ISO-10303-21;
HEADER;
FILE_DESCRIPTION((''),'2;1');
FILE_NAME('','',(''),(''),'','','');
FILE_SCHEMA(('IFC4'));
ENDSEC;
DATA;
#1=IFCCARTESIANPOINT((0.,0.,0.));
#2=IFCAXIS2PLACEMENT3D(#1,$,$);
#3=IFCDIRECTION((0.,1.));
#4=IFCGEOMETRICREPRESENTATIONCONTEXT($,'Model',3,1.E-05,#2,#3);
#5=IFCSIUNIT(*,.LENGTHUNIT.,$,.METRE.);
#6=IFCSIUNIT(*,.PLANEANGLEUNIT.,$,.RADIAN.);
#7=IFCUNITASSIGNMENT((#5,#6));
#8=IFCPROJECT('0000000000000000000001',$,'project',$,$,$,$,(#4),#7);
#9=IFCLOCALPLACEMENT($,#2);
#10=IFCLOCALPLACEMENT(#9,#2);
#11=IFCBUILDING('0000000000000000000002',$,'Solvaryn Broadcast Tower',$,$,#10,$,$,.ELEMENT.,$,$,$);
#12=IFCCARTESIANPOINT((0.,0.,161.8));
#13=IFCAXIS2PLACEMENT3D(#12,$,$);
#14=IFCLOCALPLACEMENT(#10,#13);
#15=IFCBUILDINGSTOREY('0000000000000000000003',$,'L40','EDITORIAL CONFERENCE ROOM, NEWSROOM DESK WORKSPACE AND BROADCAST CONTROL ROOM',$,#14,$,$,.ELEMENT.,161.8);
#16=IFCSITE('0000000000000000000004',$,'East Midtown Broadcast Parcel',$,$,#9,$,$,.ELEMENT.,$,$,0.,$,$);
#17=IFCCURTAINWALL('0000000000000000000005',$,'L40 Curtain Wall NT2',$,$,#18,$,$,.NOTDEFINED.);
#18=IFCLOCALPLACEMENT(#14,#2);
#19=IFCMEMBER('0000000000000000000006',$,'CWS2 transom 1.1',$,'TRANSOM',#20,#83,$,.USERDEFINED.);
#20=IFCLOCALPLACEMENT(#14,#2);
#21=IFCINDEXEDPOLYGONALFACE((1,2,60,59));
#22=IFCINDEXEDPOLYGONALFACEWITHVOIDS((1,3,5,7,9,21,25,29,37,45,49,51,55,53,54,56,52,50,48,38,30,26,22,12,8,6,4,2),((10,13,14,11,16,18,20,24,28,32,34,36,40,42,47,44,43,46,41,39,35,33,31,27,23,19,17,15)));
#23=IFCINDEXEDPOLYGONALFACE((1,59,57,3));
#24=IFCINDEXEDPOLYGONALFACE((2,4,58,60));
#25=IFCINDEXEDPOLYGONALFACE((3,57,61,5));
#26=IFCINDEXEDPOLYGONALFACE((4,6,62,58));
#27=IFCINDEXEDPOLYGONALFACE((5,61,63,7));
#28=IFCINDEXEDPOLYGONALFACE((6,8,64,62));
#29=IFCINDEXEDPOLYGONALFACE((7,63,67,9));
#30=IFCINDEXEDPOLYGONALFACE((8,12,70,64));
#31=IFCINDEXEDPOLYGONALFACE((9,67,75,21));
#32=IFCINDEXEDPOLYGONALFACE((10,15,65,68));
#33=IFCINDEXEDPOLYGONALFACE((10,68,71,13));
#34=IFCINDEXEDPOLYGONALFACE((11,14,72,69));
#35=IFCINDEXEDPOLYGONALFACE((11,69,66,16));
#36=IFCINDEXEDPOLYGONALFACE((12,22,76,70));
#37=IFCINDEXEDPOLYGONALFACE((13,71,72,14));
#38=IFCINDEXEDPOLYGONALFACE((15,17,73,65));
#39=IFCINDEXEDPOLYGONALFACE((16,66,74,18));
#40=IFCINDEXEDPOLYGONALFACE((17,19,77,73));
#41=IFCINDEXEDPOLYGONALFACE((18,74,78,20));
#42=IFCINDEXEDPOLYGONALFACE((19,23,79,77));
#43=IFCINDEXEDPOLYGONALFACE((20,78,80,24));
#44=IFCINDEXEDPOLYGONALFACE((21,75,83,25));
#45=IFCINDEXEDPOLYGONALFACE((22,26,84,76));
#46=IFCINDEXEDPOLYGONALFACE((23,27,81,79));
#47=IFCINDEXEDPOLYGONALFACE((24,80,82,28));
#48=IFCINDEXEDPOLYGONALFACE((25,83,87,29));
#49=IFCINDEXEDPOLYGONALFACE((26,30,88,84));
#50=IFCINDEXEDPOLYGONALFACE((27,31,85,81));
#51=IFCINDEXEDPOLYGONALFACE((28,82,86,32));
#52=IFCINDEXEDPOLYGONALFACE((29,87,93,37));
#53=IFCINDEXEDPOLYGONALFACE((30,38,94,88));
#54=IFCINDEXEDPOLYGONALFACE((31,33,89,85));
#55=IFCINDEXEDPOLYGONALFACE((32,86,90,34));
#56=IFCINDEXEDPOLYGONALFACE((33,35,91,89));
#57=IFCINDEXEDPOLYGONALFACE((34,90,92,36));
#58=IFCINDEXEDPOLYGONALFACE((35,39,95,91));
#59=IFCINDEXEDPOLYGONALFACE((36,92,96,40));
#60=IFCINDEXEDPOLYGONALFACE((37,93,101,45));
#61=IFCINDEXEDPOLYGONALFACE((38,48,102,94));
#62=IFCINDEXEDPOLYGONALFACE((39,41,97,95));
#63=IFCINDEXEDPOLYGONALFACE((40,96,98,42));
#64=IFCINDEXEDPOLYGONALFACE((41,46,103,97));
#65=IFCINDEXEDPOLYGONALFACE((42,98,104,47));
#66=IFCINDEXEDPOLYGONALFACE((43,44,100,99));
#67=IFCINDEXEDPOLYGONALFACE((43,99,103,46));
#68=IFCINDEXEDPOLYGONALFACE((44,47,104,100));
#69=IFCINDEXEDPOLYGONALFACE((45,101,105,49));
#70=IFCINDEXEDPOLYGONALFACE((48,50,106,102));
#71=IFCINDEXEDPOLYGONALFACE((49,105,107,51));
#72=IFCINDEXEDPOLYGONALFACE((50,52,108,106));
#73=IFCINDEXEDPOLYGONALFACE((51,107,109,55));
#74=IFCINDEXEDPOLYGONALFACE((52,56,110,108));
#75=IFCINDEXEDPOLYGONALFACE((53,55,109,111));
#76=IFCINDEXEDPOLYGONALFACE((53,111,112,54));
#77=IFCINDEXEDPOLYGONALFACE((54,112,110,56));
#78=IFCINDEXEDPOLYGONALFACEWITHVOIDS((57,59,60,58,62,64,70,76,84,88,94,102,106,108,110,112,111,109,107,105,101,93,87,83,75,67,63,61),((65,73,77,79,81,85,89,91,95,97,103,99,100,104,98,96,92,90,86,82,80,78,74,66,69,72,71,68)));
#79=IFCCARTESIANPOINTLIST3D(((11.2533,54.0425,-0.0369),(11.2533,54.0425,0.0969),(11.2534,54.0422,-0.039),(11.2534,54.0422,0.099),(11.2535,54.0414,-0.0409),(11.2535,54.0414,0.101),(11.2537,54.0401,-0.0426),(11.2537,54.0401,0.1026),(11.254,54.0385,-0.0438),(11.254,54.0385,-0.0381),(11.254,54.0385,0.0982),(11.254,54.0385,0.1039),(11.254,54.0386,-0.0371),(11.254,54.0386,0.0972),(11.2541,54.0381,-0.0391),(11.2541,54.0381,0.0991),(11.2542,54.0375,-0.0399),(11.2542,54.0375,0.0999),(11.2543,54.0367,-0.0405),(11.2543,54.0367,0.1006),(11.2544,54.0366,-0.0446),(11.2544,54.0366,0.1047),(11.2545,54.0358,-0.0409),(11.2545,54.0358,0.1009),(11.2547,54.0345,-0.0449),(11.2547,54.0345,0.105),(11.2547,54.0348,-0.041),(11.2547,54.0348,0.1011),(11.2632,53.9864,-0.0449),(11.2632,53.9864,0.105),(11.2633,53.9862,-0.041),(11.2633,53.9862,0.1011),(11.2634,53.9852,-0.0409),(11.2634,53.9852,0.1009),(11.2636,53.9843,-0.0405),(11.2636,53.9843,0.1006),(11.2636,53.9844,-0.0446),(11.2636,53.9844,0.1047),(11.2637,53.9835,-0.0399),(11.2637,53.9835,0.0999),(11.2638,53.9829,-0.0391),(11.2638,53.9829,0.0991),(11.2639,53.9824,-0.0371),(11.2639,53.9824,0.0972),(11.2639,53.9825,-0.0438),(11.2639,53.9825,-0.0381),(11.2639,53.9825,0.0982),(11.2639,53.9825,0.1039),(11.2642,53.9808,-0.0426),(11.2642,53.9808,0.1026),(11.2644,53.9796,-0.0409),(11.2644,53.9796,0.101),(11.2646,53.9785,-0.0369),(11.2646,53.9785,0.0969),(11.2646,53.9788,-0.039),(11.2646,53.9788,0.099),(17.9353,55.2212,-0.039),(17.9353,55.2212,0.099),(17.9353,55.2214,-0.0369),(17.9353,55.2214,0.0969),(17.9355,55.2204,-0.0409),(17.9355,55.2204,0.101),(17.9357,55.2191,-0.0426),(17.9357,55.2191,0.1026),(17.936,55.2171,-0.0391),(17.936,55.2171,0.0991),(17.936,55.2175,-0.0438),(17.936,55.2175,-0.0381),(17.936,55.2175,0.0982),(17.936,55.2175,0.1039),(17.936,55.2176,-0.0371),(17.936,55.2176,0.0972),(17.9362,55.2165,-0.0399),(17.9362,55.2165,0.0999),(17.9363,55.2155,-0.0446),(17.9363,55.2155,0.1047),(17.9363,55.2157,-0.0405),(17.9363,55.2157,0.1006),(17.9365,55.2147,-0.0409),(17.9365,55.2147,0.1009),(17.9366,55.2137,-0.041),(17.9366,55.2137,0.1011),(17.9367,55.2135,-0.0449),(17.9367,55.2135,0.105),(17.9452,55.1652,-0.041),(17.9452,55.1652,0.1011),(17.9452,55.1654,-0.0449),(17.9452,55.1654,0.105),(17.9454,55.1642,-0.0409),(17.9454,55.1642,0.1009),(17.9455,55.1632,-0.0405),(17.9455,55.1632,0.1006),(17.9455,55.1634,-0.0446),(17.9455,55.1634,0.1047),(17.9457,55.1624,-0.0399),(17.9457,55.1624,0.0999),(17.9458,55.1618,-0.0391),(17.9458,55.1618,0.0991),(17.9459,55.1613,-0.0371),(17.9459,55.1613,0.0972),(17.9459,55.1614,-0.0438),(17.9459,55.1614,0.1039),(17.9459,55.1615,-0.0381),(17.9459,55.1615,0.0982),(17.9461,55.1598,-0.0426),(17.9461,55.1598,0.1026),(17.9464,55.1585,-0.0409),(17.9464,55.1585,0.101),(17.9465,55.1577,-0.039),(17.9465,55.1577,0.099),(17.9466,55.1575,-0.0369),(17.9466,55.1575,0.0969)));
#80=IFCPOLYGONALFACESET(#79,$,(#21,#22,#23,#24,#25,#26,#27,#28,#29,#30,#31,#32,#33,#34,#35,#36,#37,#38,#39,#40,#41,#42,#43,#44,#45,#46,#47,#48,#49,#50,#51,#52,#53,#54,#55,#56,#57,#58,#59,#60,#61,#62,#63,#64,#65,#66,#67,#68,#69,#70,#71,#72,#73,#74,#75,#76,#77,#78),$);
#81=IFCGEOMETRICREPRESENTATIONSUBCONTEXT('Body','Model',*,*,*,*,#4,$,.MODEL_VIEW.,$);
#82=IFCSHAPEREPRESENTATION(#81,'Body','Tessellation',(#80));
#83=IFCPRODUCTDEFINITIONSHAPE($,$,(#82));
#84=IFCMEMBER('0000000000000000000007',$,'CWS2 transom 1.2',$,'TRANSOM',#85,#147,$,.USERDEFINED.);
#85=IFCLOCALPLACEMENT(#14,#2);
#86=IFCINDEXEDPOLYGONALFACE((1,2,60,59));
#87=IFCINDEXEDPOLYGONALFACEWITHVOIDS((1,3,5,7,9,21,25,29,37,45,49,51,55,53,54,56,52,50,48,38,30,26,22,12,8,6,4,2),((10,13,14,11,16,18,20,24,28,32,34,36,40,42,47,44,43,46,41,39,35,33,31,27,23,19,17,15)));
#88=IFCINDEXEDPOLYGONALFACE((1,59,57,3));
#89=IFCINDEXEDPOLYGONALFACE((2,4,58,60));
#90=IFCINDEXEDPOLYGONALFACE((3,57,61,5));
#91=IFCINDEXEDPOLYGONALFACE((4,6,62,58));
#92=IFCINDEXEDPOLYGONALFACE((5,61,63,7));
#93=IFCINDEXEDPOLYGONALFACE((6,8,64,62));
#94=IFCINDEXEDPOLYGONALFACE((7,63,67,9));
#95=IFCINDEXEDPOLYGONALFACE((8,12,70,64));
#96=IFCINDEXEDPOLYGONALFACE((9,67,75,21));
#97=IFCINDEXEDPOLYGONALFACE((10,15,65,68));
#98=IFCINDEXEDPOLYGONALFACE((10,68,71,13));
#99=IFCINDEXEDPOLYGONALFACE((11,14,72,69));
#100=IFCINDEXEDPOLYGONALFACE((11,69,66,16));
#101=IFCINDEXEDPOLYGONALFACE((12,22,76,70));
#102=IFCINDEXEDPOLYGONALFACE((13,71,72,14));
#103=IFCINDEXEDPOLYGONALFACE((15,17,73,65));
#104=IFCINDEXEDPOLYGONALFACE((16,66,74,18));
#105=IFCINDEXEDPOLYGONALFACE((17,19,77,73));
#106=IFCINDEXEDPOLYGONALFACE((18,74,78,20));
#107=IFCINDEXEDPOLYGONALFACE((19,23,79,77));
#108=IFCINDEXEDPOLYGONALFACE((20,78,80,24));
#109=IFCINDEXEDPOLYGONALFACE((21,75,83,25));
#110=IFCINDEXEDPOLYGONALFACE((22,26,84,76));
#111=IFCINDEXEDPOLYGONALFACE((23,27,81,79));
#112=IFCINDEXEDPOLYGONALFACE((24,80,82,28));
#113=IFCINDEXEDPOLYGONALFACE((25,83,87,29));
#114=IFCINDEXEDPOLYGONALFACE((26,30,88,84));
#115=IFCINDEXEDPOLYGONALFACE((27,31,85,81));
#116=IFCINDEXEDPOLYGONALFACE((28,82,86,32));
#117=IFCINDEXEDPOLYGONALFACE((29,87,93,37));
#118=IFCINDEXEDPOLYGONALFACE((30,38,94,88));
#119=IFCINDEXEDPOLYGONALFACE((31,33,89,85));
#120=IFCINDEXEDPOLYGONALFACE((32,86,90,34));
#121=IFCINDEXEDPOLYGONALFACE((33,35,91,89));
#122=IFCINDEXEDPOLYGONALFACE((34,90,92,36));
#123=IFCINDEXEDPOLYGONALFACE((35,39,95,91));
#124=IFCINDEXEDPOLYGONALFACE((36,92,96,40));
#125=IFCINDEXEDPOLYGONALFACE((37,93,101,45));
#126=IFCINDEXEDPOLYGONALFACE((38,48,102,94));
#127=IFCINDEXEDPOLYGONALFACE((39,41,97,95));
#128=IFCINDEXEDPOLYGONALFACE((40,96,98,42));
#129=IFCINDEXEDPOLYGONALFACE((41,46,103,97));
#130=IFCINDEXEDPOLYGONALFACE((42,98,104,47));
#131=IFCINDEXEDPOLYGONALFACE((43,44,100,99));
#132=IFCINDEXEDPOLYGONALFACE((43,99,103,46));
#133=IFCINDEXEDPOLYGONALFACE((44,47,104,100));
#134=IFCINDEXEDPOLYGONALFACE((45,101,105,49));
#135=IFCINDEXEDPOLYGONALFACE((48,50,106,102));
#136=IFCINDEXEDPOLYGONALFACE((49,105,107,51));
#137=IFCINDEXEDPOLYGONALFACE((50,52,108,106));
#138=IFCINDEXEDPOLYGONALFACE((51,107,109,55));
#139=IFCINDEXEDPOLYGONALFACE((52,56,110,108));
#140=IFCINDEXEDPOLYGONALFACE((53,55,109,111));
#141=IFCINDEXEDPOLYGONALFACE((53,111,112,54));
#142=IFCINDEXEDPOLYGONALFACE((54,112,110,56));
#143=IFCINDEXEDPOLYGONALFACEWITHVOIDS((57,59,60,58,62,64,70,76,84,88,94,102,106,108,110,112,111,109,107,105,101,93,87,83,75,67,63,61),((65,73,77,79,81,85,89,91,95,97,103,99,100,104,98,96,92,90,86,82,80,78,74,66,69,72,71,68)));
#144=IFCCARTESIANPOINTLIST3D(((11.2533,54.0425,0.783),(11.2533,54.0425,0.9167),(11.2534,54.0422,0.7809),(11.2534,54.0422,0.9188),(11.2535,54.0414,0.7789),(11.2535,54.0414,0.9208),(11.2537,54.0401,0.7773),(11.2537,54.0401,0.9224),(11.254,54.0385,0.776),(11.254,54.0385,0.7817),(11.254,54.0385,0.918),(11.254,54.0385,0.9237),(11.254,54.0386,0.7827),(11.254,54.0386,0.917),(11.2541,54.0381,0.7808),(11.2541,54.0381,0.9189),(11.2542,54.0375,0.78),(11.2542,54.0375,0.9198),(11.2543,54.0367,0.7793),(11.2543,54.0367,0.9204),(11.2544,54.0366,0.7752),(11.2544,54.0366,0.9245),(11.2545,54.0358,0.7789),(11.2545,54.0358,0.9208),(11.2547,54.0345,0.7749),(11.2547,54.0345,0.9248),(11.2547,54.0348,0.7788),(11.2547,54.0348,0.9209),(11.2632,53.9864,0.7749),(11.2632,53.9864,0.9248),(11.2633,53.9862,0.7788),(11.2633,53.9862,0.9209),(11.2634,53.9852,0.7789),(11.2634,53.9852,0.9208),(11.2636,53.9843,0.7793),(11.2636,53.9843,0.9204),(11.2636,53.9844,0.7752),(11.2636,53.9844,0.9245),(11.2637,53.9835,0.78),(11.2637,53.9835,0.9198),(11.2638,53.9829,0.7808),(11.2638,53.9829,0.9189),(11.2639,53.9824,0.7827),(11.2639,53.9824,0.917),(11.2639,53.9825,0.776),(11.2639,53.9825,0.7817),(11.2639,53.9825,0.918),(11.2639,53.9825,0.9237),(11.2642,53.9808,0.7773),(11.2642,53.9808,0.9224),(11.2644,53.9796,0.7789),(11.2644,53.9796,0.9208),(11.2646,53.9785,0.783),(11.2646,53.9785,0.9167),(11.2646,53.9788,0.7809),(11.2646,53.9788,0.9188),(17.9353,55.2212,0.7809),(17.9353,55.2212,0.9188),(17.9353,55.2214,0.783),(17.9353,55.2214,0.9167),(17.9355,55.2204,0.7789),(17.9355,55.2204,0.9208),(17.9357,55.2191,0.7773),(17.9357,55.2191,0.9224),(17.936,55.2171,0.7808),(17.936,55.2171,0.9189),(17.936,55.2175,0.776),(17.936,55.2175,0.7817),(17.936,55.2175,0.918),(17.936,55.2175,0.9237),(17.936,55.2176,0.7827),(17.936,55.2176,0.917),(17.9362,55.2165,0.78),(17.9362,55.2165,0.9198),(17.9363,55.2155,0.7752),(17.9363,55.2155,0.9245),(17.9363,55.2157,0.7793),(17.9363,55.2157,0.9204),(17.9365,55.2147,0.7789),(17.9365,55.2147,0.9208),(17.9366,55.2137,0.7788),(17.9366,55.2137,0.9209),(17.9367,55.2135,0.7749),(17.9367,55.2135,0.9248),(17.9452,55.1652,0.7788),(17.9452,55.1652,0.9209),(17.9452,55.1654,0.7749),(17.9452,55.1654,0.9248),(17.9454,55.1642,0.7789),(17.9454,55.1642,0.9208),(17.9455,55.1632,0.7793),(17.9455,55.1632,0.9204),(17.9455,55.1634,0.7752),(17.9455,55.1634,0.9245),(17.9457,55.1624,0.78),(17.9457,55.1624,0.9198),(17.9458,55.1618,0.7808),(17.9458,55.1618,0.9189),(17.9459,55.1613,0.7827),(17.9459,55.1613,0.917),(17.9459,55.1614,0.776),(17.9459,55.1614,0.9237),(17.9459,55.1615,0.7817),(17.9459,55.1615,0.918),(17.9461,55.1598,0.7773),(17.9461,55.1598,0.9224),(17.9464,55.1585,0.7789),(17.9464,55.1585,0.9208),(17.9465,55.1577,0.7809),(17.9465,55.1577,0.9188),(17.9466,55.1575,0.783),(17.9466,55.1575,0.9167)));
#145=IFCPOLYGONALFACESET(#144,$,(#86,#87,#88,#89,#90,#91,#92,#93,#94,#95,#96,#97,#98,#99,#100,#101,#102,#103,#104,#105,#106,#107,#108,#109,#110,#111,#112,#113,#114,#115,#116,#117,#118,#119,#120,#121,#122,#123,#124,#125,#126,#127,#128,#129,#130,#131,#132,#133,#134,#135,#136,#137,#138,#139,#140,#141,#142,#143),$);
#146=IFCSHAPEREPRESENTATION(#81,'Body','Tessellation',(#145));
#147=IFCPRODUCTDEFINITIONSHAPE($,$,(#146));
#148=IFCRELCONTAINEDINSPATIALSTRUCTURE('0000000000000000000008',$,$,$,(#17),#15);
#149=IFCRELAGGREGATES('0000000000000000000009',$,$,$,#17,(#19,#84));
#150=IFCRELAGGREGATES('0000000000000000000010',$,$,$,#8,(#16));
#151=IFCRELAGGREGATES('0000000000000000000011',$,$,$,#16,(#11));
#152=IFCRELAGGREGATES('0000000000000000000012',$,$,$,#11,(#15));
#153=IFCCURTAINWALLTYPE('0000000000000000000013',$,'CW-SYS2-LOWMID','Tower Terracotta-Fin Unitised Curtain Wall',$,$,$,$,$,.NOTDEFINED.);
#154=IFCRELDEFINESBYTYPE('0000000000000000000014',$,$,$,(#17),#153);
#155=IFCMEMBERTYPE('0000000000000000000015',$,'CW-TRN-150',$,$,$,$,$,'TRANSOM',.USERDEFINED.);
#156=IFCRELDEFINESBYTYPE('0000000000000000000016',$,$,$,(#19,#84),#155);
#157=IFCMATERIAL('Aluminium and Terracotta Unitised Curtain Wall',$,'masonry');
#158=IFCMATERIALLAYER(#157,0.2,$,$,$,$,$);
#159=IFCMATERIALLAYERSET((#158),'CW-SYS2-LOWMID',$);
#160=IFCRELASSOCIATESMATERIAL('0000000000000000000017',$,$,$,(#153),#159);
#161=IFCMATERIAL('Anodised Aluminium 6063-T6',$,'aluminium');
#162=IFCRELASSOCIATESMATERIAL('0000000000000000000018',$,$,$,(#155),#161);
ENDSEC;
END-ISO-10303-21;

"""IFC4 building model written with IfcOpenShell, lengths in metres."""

from ifc_helpers import new_model, si_unit, direction, frame, origin, origin_2d, place, context, subcontext, project, spatial, hollow_rectangle, extrude, material, layer, layer_set, material_profile, profile_set, type_object, element, aggregate, save


model = new_model("IFC4")

# Units and contexts
model_context = context("Model", 3, precision=1e-05, world=origin(), true_north=direction((0.0, 1.0)))
body_context = subcontext(model_context, "Body", "Model", "MODEL_VIEW")
ifc_project = project(units=[si_unit("LENGTHUNIT", "METRE"), si_unit("PLANEANGLEUNIT", "RADIAN")], contexts=[model_context])

# Site, building, storey
site_placement = place(None, origin())
site = spatial("IfcSite", under=ifc_project, at=site_placement, Name="East Midtown Broadcast Parcel", CompositionType="ELEMENT", RefElevation=0.0)
building_placement = place(site_placement, origin())
building = spatial("IfcBuilding", under=site, at=building_placement, Name="Solvaryn Broadcast Tower", CompositionType="ELEMENT")
storey_placement = place(building_placement, frame((0.0, 0.0, 161.8)))
storey = spatial("IfcBuildingStorey", under=building, at=storey_placement, Name="L40", Description="EDITORIAL CONFERENCE ROOM, NEWSROOM DESK WORKSPACE AND BROADCAST CONTROL ROOM", CompositionType="ELEMENT", Elevation=161.8)

# Shared definitions
ifc_material_1 = material(Name="Aluminium and Terracotta Unitised Curtain Wall", Category="masonry")
ifc_layer_1 = layer(ifc_material_1, 0.2)
ifc_layer_set_1 = layer_set([ifc_layer_1], Name="CW-SYS2-LOWMID")
curtain_wall_type = type_object("IfcCurtainWallType", Name="CW-SYS2-LOWMID", Description="Tower Terracotta-Fin Unitised Curtain Wall", PredefinedType="NOTDEFINED", material=ifc_layer_set_1)

# Curtain wall, members
curtain_wall_1_placement = place(storey_placement, origin())
curtain_wall_1 = element("IfcCurtainWall", 1, at=curtain_wall_1_placement, inside=storey, type_object=curtain_wall_type, Name="L40 Curtain Wall NT2", PredefinedType="NOTDEFINED")
ifc_material_2 = material(Name="Anodised Aluminium 6063-T6", Category="aluminium")
ifc_material_profile_1 = material_profile(ifc_material_2, hollow_rectangle(XDim=0.0649, YDim=0.1499, WallThickness=0.0039, InnerFilletRadius=0.0039, OuterFilletRadius=0.0081, at=origin_2d()))
ifc_profile_set_1 = profile_set([ifc_material_profile_1], Name="Anodised Aluminium 6063-T6")
member_type_1 = type_object("IfcMemberType", Name="CW-TRN-150", ElementType="TRANSOM", PredefinedType="USERDEFINED", material=ifc_profile_set_1)
member_1_placement = place(storey_placement, frame((17.9409, 55.1895, 0.03), z_axis=(-0.984789, -0.173757, 0.0), x_axis=(0.173757, -0.984789, 0.0)))
member_1 = element("IfcMember", 2, at=member_1_placement, type_object=member_type_1, Name="CWS2 transom 1.1", ObjectType="TRANSOM", PredefinedType="USERDEFINED", context=body_context, shape_type="SweptSolid", body=[
    extrude(hollow_rectangle(XDim=0.0649, YDim=0.1499, WallThickness=0.0039, InnerFilletRadius=0.0039, OuterFilletRadius=0.0081, at=origin_2d()), origin(), (0.0, 0.0, 1.0), 6.7852),
])
member_2_placement = place(storey_placement, frame((17.9409, 55.1895, 0.8499), z_axis=(-0.984789, -0.173757, 0.0), x_axis=(0.173757, -0.984789, 0.0)))
member_2 = element("IfcMember", 3, at=member_2_placement, type_object=member_type_1, Name="CWS2 transom 1.2", ObjectType="TRANSOM", PredefinedType="USERDEFINED", context=body_context, shape_type="SweptSolid", body=[
    extrude(hollow_rectangle(XDim=0.0649, YDim=0.1499, WallThickness=0.0039, InnerFilletRadius=0.0039, OuterFilletRadius=0.0081, at=origin_2d()), origin(), (0.0, 0.0, 1.0), 6.7852),
])

aggregate(curtain_wall_1, [member_1, member_2])

save(model, "model.ifc")
